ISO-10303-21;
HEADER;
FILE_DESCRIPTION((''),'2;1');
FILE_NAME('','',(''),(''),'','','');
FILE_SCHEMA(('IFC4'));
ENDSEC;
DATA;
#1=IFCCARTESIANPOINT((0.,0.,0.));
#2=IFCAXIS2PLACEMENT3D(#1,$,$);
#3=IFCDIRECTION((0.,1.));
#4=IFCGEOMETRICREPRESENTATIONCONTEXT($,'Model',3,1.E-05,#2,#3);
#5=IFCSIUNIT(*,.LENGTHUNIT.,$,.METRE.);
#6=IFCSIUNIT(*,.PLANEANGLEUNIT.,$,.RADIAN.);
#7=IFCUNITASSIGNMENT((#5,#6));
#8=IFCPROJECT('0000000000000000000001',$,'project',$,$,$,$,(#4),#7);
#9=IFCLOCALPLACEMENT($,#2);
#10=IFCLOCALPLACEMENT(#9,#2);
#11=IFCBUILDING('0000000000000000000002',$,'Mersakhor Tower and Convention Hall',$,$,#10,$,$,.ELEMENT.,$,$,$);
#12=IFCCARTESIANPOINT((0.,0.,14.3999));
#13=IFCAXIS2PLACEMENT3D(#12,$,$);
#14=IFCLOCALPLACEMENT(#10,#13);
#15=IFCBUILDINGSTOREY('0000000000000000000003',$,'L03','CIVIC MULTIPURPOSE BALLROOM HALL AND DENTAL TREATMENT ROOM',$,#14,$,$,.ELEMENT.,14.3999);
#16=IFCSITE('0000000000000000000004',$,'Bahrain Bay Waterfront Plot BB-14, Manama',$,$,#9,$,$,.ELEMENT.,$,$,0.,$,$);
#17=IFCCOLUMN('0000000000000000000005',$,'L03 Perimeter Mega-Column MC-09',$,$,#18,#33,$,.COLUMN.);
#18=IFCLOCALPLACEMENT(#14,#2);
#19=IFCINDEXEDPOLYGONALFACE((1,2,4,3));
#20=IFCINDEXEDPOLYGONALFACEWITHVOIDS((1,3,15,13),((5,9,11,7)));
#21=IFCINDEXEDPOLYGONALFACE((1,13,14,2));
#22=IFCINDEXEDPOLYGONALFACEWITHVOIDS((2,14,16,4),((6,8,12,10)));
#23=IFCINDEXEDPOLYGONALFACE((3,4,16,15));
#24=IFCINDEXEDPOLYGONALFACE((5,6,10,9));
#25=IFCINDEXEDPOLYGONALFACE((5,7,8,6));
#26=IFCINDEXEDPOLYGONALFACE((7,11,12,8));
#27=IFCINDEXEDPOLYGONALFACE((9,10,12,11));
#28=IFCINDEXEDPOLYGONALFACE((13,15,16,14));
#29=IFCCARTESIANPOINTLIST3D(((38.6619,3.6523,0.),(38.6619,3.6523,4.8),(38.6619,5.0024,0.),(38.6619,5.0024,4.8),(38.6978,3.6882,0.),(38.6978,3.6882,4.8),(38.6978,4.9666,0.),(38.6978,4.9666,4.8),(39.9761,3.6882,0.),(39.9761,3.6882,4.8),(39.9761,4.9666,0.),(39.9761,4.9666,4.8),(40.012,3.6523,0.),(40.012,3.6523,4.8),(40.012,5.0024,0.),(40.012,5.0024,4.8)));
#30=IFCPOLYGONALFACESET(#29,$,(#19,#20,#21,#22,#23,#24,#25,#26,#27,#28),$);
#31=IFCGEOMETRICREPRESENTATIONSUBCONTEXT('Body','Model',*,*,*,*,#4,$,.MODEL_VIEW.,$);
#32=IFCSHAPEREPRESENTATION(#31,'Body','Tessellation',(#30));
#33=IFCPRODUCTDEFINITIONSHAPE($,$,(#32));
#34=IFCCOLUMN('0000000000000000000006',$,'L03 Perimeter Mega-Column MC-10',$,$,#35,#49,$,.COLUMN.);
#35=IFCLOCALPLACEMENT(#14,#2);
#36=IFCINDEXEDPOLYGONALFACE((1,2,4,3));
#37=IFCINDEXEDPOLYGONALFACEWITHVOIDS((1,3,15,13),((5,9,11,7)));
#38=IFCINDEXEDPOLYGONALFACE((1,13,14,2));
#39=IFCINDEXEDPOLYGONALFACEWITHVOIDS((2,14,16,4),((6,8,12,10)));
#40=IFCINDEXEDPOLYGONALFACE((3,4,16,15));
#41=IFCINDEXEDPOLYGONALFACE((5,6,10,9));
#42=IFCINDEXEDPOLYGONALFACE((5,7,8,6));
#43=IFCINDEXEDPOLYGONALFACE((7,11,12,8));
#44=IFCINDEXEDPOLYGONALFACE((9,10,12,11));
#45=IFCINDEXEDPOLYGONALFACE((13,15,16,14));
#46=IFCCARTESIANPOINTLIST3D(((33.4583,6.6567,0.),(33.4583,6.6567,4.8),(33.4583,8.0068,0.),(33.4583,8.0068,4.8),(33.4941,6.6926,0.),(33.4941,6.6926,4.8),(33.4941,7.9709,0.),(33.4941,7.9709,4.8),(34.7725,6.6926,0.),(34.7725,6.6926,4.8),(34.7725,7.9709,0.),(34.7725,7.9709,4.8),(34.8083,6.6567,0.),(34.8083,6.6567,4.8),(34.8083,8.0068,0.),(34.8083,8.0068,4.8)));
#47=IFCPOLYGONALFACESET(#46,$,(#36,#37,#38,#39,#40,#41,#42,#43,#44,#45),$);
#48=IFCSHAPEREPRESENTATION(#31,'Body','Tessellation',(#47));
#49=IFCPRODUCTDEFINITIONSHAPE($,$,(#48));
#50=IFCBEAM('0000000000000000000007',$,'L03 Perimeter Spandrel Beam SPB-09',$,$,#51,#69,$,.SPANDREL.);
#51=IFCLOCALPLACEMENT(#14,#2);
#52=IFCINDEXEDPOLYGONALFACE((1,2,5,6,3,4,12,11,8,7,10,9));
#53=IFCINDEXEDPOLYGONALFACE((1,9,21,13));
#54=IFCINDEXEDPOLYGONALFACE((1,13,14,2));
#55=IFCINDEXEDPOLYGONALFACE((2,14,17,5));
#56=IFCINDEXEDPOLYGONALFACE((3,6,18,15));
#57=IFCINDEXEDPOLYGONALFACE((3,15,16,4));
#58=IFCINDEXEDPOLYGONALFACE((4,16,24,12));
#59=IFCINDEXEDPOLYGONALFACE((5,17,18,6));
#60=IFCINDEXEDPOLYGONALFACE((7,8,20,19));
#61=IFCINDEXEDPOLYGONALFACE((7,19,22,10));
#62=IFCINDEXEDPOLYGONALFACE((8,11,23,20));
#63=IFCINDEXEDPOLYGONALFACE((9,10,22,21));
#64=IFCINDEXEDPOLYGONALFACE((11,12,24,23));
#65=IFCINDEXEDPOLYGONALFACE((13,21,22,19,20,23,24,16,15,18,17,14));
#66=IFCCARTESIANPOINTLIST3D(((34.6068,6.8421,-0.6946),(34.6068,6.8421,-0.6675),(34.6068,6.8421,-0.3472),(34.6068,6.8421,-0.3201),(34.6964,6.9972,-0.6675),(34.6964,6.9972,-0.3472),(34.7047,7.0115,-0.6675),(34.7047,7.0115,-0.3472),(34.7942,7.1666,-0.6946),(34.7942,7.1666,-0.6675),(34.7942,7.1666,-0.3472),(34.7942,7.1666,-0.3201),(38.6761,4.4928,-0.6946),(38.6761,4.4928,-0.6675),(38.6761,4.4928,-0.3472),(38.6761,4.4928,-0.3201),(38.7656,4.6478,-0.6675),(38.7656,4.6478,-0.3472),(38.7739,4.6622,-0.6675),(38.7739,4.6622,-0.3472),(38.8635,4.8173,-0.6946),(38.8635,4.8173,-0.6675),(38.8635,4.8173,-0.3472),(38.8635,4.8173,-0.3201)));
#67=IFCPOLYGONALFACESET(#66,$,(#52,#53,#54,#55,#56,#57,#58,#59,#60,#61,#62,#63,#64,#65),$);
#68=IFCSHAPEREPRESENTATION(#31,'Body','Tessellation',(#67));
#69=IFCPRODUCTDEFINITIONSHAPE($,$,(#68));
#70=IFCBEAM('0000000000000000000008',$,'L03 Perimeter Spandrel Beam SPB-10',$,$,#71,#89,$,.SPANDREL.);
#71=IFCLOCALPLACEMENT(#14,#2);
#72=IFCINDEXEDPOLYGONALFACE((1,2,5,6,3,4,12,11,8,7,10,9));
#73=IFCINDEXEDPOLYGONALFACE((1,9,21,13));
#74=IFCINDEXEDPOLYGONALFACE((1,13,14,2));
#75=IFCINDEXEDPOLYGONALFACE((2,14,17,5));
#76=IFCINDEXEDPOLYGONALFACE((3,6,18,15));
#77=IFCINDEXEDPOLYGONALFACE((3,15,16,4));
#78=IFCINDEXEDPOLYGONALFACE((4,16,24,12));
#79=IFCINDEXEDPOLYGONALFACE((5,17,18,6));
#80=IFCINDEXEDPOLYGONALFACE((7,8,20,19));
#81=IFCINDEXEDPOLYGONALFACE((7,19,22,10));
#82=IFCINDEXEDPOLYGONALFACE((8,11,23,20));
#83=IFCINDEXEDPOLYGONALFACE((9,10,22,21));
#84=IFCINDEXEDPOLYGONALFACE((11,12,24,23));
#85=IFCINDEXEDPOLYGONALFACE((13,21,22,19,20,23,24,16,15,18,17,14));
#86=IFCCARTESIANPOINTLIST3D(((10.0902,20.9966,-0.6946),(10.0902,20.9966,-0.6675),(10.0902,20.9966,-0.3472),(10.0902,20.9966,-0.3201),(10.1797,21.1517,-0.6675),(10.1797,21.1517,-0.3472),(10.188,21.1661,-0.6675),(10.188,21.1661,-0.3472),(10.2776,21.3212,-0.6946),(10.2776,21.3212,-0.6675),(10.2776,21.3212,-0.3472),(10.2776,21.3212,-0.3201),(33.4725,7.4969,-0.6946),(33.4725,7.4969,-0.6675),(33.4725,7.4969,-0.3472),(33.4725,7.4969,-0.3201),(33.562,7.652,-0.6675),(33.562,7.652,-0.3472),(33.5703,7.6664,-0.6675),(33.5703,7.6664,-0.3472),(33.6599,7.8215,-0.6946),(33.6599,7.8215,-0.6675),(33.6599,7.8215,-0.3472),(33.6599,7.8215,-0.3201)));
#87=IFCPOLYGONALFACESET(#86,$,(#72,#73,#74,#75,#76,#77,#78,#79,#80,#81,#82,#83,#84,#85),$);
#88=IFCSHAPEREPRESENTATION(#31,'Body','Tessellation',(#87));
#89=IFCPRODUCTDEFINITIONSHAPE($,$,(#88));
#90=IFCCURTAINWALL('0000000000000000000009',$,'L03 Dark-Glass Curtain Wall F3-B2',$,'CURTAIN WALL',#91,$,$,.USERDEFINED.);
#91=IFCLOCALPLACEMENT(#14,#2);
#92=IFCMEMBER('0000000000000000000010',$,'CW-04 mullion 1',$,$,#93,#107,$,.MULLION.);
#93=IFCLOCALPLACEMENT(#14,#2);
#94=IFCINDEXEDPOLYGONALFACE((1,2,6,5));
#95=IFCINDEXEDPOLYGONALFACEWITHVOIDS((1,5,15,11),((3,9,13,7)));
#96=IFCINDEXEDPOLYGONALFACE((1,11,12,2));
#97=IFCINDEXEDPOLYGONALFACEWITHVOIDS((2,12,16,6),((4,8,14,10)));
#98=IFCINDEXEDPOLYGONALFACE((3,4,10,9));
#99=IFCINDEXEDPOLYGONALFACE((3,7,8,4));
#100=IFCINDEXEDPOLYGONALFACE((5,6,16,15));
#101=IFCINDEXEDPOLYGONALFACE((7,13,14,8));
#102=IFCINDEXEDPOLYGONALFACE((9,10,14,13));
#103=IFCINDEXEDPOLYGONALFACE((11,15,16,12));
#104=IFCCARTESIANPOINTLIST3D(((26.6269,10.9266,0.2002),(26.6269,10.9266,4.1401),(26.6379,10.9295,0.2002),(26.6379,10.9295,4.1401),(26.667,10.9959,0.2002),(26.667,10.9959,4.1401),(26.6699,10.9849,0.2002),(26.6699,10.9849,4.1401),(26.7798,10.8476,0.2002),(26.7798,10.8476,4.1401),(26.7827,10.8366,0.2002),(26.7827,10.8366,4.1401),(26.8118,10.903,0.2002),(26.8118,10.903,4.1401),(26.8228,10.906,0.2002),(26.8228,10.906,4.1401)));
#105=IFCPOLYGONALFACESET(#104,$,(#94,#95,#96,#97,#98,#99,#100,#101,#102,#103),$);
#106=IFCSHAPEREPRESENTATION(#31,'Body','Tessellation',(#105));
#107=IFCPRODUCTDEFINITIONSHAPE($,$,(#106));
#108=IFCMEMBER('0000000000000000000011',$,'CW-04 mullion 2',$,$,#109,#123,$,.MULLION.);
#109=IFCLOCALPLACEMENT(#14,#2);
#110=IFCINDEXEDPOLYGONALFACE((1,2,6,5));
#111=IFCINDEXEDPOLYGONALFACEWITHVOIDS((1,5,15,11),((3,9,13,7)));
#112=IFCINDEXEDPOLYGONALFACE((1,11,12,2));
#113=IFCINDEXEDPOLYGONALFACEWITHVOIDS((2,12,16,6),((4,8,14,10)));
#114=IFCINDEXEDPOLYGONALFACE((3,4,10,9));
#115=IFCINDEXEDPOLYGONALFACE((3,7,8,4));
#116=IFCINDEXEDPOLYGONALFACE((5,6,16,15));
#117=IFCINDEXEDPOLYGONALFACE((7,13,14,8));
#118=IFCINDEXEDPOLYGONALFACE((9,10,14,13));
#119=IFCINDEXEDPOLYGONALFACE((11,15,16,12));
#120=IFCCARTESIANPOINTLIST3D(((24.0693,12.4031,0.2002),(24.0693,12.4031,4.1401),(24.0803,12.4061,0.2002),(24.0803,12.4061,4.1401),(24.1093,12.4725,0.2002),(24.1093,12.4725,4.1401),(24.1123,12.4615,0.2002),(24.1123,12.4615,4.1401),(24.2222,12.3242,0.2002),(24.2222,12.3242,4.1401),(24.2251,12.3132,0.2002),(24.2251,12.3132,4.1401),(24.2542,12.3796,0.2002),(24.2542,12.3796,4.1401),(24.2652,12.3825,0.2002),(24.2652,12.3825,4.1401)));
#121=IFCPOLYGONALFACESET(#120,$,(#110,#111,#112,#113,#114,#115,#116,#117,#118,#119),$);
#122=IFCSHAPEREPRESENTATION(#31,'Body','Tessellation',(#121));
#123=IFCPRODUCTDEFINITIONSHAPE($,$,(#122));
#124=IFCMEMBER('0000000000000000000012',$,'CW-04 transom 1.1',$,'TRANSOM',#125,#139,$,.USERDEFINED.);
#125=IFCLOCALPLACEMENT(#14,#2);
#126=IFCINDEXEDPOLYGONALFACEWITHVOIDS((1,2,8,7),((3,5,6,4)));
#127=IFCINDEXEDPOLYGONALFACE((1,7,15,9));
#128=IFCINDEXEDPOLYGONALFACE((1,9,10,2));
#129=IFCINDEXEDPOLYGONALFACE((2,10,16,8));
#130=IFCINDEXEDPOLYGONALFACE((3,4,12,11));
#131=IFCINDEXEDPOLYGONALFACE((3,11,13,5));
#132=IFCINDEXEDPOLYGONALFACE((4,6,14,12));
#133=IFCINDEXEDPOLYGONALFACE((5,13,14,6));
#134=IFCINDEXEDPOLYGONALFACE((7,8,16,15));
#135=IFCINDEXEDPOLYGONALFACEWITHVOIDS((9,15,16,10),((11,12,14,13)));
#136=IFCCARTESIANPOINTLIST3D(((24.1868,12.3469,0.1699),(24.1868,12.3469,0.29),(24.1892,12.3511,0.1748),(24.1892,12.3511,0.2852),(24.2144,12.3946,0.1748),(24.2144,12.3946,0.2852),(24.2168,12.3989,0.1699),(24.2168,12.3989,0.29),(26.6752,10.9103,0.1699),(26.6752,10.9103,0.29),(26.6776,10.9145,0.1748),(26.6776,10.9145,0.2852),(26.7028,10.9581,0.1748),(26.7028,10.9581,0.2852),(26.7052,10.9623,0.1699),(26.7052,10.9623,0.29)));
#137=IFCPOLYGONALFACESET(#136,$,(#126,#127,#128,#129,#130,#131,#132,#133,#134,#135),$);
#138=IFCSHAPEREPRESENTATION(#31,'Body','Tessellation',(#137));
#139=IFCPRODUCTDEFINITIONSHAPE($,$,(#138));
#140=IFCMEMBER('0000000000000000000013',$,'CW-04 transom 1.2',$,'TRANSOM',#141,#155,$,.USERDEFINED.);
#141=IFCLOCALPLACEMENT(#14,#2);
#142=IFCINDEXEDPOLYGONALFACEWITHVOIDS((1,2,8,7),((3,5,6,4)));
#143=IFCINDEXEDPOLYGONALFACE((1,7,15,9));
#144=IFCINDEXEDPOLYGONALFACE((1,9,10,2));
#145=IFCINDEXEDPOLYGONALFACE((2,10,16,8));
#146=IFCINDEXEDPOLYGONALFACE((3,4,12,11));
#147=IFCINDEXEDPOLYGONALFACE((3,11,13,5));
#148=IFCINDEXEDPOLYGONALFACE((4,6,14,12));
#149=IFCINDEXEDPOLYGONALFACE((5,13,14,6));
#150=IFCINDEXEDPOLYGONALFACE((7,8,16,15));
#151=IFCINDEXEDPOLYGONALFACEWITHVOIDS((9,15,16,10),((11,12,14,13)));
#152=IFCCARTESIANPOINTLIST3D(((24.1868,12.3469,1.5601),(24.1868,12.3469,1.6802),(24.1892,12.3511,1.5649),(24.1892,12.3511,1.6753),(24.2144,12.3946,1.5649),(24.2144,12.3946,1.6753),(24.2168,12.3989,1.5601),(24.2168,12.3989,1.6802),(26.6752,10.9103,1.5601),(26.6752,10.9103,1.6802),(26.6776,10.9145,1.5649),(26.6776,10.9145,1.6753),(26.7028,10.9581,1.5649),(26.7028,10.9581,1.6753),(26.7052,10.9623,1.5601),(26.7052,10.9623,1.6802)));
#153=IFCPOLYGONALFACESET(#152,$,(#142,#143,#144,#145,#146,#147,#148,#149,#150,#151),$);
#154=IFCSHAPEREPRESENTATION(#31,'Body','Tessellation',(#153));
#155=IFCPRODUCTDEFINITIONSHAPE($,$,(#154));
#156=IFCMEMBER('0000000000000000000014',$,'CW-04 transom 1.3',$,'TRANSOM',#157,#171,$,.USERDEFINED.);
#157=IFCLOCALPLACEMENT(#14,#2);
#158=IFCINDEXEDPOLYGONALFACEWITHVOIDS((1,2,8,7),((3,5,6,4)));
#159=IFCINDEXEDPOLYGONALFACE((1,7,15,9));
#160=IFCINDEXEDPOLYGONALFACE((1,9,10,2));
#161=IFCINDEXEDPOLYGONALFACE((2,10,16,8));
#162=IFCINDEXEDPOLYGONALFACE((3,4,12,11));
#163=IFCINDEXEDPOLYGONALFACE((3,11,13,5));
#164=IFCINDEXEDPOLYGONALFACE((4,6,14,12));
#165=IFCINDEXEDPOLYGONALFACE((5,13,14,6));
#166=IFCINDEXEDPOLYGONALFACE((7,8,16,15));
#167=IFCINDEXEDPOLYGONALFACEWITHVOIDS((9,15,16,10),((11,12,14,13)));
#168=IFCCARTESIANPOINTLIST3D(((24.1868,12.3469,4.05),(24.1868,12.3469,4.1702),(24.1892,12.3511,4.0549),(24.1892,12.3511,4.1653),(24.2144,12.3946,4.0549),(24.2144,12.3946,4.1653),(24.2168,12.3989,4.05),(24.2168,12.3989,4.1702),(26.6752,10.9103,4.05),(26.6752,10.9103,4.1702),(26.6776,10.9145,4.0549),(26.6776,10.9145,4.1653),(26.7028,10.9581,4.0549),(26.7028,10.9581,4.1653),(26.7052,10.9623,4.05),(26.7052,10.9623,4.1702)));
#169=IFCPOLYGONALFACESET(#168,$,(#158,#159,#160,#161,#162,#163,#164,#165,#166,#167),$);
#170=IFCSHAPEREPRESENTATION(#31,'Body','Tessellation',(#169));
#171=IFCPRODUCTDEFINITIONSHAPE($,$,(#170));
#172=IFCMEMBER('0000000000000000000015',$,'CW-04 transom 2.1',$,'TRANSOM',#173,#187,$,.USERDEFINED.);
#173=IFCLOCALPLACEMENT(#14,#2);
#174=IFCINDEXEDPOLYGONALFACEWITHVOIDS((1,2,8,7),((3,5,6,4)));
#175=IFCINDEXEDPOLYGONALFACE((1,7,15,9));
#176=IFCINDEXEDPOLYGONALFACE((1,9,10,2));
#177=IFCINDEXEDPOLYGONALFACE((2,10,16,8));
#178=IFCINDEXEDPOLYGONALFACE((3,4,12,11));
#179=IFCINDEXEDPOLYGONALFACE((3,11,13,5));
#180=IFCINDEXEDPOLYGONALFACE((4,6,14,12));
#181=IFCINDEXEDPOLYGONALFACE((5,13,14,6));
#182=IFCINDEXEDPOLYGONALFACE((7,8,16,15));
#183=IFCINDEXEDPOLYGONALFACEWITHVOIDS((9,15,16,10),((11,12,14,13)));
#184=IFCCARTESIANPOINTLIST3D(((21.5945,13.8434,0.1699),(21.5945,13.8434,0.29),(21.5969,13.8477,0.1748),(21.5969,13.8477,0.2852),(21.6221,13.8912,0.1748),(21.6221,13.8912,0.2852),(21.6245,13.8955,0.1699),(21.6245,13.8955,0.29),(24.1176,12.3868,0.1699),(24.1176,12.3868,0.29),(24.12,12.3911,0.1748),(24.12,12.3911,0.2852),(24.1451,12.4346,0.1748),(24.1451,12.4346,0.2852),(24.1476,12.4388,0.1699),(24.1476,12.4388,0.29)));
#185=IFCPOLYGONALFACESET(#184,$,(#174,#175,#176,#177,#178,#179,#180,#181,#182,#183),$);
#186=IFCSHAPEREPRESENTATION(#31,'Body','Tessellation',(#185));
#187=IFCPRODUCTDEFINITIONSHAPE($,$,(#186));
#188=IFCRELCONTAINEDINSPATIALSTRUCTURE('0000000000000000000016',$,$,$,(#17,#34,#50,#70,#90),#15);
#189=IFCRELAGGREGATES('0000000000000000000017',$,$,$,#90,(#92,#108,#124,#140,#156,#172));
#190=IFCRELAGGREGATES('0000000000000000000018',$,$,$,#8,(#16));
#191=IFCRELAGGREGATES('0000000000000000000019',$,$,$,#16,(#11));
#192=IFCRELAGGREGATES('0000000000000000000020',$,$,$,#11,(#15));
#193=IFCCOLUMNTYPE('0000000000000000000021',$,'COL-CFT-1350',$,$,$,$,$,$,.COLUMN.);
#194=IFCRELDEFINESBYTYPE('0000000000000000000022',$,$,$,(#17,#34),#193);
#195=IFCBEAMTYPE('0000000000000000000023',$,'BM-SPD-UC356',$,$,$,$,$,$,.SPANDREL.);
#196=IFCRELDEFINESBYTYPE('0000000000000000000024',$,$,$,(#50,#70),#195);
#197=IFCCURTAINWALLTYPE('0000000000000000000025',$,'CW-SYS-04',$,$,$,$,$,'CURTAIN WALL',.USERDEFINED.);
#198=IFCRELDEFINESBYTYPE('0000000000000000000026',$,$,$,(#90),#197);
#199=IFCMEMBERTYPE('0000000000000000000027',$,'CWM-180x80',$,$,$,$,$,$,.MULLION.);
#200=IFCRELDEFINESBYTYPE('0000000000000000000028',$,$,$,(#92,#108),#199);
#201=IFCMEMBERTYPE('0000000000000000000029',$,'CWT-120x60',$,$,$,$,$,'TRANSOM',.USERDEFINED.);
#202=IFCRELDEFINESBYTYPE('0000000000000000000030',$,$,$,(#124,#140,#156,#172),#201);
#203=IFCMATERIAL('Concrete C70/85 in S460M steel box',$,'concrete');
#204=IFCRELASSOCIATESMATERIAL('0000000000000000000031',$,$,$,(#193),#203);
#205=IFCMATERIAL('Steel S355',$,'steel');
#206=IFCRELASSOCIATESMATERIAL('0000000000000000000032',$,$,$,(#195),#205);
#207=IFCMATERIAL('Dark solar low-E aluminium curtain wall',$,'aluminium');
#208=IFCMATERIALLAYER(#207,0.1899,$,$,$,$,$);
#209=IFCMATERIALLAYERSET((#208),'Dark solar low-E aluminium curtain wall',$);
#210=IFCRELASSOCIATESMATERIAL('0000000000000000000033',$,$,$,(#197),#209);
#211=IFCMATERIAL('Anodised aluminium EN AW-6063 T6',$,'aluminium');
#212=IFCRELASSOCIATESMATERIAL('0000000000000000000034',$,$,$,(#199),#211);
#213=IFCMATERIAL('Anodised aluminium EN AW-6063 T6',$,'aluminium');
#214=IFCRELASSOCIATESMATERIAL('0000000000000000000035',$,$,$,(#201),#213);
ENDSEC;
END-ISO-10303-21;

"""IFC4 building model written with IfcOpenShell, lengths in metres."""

from ifc_helpers import new_model, si_unit, direction, frame, origin, origin_2d, place, context, subcontext, project, spatial, hollow_rectangle, i_section, extrude, material, layer, layer_set, material_profile, profile_set, type_object, element, aggregate, save


model = new_model("IFC4")

# Units and contexts
model_context = context("Model", 3, precision=1e-05, world=origin(), true_north=direction((0.0, 1.0)))
body_context = subcontext(model_context, "Body", "Model", "MODEL_VIEW")
ifc_project = project(units=[si_unit("LENGTHUNIT", "METRE"), si_unit("PLANEANGLEUNIT", "RADIAN")], contexts=[model_context])

# Site, building, storey
site_placement = place(None, origin())
site = spatial("IfcSite", under=ifc_project, at=site_placement, Name="Bahrain Bay Waterfront Plot BB-14, Manama", CompositionType="ELEMENT", RefElevation=0.0)
building_placement = place(site_placement, origin())
building = spatial("IfcBuilding", under=site, at=building_placement, Name="Mersakhor Tower and Convention Hall", CompositionType="ELEMENT")
storey_placement = place(building_placement, frame((0.0, 0.0, 14.3999)))
storey = spatial("IfcBuildingStorey", under=building, at=storey_placement, Name="L03", Description="CIVIC MULTIPURPOSE BALLROOM HALL AND DENTAL TREATMENT ROOM", CompositionType="ELEMENT", Elevation=14.3999)

# Columns
ifc_material_1 = material(Name="Concrete C70/85 in S460M steel box", Category="concrete")
ifc_material_profile_1 = material_profile(ifc_material_1, hollow_rectangle(XDim=1.3501, YDim=1.3501, WallThickness=0.0359, at=origin_2d()), Name="SHS 1350x1350x36")
ifc_profile_set_1 = profile_set([ifc_material_profile_1], Name="Concrete C70/85 in S460M steel box")
column_type = type_object("IfcColumnType", Name="COL-CFT-1350", PredefinedType="COLUMN", material=ifc_profile_set_1)
for number, where, z_axis, x_axis, name in (
    (1, (39.3369, 4.3274, 0.0), (0.0, 0.0, 1.0), (1.0, 0.0, 0.0), "L03 Perimeter Mega-Column MC-09"),
    (2, (34.1333, 7.3318, 0.0), (0.0, 0.0, 1.0), (1.0, 0.0, 0.0), "L03 Perimeter Mega-Column MC-10"),
):
    element("IfcColumn", number, at=place(storey_placement, frame(where, z_axis=z_axis, x_axis=x_axis)), inside=storey, type_object=column_type, Name=name, PredefinedType="COLUMN", context=body_context, shape_type="SweptSolid", body=[
        extrude(hollow_rectangle(XDim=1.3501, YDim=1.3501, WallThickness=0.0359, at=origin_2d()), origin(), (0.0, 0.0, 1.0), 4.8),
    ])

# Beams
ifc_material_2 = material(Name="Steel S355", Category="steel")
ifc_material_profile_2 = material_profile(ifc_material_2, i_section(OverallWidth=0.3748, OverallDepth=0.3745, WebThickness=0.0166, FlangeThickness=0.0271, at=origin_2d()), Name="UC 356x368x202")
ifc_profile_set_2 = profile_set([ifc_material_profile_2], Name="Steel S355")
beam_type = type_object("IfcBeamType", Name="BM-SPD-UC356", PredefinedType="SPANDREL", material=ifc_profile_set_2)
beam_1_placement = place(storey_placement, frame((38.7698, 4.655, -0.5073), z_axis=(-0.866032, 0.499989, 0.0), x_axis=(-0.499989, -0.866032, 0.0)))
element("IfcBeam", 3, at=beam_1_placement, inside=storey, type_object=beam_type, Name="L03 Perimeter Spandrel Beam SPB-09", PredefinedType="SPANDREL", context=body_context, shape_type="SweptSolid", body=[
    extrude(i_section(OverallWidth=0.3748, OverallDepth=0.3745, WebThickness=0.0166, FlangeThickness=0.0271, at=origin_2d()), origin(), (0.0, 0.0, 1.0), 4.6987),
])
beam_2_placement = place(storey_placement, frame((33.5662, 7.6592, -0.5073), z_axis=(-0.866026, 0.499999, 0.0), x_axis=(-0.499999, -0.866026, 0.0)))
element("IfcBeam", 4, at=beam_2_placement, inside=storey, type_object=beam_type, Name="L03 Perimeter Spandrel Beam SPB-10", PredefinedType="SPANDREL", context=body_context, shape_type="SweptSolid", body=[
    extrude(i_section(OverallWidth=0.3748, OverallDepth=0.3745, WebThickness=0.0166, FlangeThickness=0.0271, at=origin_2d()), origin(), (0.0, 0.0, 1.0), 26.9995),
])

# Curtain wall, members
ifc_material_3 = material(Name="Dark solar low-E aluminium curtain wall", Category="aluminium")
ifc_layer_1 = layer(ifc_material_3, 0.1899)
ifc_layer_set_1 = layer_set([ifc_layer_1], Name="Dark solar low-E aluminium curtain wall")
curtain_wall_type = type_object("IfcCurtainWallType", Name="CW-SYS-04", ElementType="CURTAIN WALL", PredefinedType="USERDEFINED", material=ifc_layer_set_1)
curtain_wall_placement = place(storey_placement, origin())
curtain_wall = element("IfcCurtainWall", 5, at=curtain_wall_placement, inside=storey, type_object=curtain_wall_type, Name="L03 Dark-Glass Curtain Wall F3-B2", ObjectType="CURTAIN WALL", PredefinedType="USERDEFINED")
ifc_material_4 = material(Name="Anodised aluminium EN AW-6063 T6", Category="aluminium")
ifc_material_profile_3 = material_profile(ifc_material_4, hollow_rectangle(XDim=0.0801, YDim=0.1799, WallThickness=0.0081, at=origin_2d()), Name="RHS 180x80x8")
ifc_profile_set_3 = profile_set([ifc_material_profile_3], Name="Anodised aluminium EN AW-6063 T6")
member_type_1 = type_object("IfcMemberType", Name="CWM-180x80", PredefinedType="MULLION", material=ifc_profile_set_3)
member_1_placement = place(storey_placement, frame((26.7249, 10.9163, 0.2002), z_axis=(0.0, 0.0, 1.0), x_axis=(-0.500003, -0.866023, 0.0)))
member_1 = element("IfcMember", 6, at=member_1_placement, type_object=member_type_1, Name="CW-04 mullion 1", PredefinedType="MULLION", context=body_context, shape_type="SweptSolid", body=[
    extrude(hollow_rectangle(XDim=0.0801, YDim=0.1799, WallThickness=0.0081, at=origin_2d()), origin(), (0.0, 0.0, 1.0), 3.9399),
])
member_2_placement = place(storey_placement, frame((24.1672, 12.3928, 0.2002), z_axis=(0.0, 0.0, 1.0), x_axis=(-0.500003, -0.866023, 0.0)))
member_2 = element("IfcMember", 7, at=member_2_placement, type_object=member_type_1, Name="CW-04 mullion 2", PredefinedType="MULLION", context=body_context, shape_type="SweptSolid", body=[
    extrude(hollow_rectangle(XDim=0.0801, YDim=0.1799, WallThickness=0.0081, at=origin_2d()), origin(), (0.0, 0.0, 1.0), 3.9399),
])
ifc_material_5 = material(Name="Anodised aluminium EN AW-6063 T6", Category="aluminium")
ifc_material_profile_4 = material_profile(ifc_material_5, hollow_rectangle(XDim=0.0601, YDim=0.1201, WallThickness=0.0049, at=origin_2d()), Name="RHS 120x60x5")
ifc_profile_set_4 = profile_set([ifc_material_profile_4], Name="Anodised aluminium EN AW-6063 T6")
member_type_2 = type_object("IfcMemberType", Name="CWT-120x60", ElementType="TRANSOM", PredefinedType="USERDEFINED", material=ifc_profile_set_4)
member_3_placement = place(storey_placement, frame((26.6902, 10.9363, 0.23), z_axis=(-0.866038, 0.499977, 0.0), x_axis=(-0.499977, -0.866038, 0.0)))
member_3 = element("IfcMember", 8, at=member_3_placement, type_object=member_type_2, Name="CW-04 transom 1.1", ObjectType="TRANSOM", PredefinedType="USERDEFINED", context=body_context, shape_type="SweptSolid", body=[
    extrude(hollow_rectangle(XDim=0.0601, YDim=0.1201, WallThickness=0.0049, at=origin_2d()), origin(), (0.0, 0.0, 1.0), 2.8733),
])
member_4_placement = place(storey_placement, frame((26.6902, 10.9363, 1.6201), z_axis=(-0.866038, 0.499977, 0.0), x_axis=(-0.499977, -0.866038, 0.0)))
member_4 = element("IfcMember", 9, at=member_4_placement, type_object=member_type_2, Name="CW-04 transom 1.2", ObjectType="TRANSOM", PredefinedType="USERDEFINED", context=body_context, shape_type="SweptSolid", body=[
    extrude(hollow_rectangle(XDim=0.0601, YDim=0.1201, WallThickness=0.0049, at=origin_2d()), origin(), (0.0, 0.0, 1.0), 2.8733),
])
member_5_placement = place(storey_placement, frame((26.6902, 10.9363, 4.1101), z_axis=(-0.866038, 0.499977, 0.0), x_axis=(-0.499977, -0.866038, 0.0)))
member_5 = element("IfcMember", 10, at=member_5_placement, type_object=member_type_2, Name="CW-04 transom 1.3", ObjectType="TRANSOM", PredefinedType="USERDEFINED", context=body_context, shape_type="SweptSolid", body=[
    extrude(hollow_rectangle(XDim=0.0601, YDim=0.1201, WallThickness=0.0049, at=origin_2d()), origin(), (0.0, 0.0, 1.0), 2.8733),
])
member_6_placement = place(storey_placement, frame((24.1326, 12.4128, 0.23), z_axis=(-0.866038, 0.499979, 0.0), x_axis=(-0.499979, -0.866038, 0.0)))
member_6 = element("IfcMember", 11, at=member_6_placement, type_object=member_type_2, Name="CW-04 transom 2.1", ObjectType="TRANSOM", PredefinedType="USERDEFINED", context=body_context, shape_type="SweptSolid", body=[
    extrude(hollow_rectangle(XDim=0.0601, YDim=0.1201, WallThickness=0.0049, at=origin_2d()), origin(), (0.0, 0.0, 1.0), 2.9133),
])

aggregate(curtain_wall, [member_1, member_2, member_3, member_4, member_5, member_6])

save(model, "model.ifc")
